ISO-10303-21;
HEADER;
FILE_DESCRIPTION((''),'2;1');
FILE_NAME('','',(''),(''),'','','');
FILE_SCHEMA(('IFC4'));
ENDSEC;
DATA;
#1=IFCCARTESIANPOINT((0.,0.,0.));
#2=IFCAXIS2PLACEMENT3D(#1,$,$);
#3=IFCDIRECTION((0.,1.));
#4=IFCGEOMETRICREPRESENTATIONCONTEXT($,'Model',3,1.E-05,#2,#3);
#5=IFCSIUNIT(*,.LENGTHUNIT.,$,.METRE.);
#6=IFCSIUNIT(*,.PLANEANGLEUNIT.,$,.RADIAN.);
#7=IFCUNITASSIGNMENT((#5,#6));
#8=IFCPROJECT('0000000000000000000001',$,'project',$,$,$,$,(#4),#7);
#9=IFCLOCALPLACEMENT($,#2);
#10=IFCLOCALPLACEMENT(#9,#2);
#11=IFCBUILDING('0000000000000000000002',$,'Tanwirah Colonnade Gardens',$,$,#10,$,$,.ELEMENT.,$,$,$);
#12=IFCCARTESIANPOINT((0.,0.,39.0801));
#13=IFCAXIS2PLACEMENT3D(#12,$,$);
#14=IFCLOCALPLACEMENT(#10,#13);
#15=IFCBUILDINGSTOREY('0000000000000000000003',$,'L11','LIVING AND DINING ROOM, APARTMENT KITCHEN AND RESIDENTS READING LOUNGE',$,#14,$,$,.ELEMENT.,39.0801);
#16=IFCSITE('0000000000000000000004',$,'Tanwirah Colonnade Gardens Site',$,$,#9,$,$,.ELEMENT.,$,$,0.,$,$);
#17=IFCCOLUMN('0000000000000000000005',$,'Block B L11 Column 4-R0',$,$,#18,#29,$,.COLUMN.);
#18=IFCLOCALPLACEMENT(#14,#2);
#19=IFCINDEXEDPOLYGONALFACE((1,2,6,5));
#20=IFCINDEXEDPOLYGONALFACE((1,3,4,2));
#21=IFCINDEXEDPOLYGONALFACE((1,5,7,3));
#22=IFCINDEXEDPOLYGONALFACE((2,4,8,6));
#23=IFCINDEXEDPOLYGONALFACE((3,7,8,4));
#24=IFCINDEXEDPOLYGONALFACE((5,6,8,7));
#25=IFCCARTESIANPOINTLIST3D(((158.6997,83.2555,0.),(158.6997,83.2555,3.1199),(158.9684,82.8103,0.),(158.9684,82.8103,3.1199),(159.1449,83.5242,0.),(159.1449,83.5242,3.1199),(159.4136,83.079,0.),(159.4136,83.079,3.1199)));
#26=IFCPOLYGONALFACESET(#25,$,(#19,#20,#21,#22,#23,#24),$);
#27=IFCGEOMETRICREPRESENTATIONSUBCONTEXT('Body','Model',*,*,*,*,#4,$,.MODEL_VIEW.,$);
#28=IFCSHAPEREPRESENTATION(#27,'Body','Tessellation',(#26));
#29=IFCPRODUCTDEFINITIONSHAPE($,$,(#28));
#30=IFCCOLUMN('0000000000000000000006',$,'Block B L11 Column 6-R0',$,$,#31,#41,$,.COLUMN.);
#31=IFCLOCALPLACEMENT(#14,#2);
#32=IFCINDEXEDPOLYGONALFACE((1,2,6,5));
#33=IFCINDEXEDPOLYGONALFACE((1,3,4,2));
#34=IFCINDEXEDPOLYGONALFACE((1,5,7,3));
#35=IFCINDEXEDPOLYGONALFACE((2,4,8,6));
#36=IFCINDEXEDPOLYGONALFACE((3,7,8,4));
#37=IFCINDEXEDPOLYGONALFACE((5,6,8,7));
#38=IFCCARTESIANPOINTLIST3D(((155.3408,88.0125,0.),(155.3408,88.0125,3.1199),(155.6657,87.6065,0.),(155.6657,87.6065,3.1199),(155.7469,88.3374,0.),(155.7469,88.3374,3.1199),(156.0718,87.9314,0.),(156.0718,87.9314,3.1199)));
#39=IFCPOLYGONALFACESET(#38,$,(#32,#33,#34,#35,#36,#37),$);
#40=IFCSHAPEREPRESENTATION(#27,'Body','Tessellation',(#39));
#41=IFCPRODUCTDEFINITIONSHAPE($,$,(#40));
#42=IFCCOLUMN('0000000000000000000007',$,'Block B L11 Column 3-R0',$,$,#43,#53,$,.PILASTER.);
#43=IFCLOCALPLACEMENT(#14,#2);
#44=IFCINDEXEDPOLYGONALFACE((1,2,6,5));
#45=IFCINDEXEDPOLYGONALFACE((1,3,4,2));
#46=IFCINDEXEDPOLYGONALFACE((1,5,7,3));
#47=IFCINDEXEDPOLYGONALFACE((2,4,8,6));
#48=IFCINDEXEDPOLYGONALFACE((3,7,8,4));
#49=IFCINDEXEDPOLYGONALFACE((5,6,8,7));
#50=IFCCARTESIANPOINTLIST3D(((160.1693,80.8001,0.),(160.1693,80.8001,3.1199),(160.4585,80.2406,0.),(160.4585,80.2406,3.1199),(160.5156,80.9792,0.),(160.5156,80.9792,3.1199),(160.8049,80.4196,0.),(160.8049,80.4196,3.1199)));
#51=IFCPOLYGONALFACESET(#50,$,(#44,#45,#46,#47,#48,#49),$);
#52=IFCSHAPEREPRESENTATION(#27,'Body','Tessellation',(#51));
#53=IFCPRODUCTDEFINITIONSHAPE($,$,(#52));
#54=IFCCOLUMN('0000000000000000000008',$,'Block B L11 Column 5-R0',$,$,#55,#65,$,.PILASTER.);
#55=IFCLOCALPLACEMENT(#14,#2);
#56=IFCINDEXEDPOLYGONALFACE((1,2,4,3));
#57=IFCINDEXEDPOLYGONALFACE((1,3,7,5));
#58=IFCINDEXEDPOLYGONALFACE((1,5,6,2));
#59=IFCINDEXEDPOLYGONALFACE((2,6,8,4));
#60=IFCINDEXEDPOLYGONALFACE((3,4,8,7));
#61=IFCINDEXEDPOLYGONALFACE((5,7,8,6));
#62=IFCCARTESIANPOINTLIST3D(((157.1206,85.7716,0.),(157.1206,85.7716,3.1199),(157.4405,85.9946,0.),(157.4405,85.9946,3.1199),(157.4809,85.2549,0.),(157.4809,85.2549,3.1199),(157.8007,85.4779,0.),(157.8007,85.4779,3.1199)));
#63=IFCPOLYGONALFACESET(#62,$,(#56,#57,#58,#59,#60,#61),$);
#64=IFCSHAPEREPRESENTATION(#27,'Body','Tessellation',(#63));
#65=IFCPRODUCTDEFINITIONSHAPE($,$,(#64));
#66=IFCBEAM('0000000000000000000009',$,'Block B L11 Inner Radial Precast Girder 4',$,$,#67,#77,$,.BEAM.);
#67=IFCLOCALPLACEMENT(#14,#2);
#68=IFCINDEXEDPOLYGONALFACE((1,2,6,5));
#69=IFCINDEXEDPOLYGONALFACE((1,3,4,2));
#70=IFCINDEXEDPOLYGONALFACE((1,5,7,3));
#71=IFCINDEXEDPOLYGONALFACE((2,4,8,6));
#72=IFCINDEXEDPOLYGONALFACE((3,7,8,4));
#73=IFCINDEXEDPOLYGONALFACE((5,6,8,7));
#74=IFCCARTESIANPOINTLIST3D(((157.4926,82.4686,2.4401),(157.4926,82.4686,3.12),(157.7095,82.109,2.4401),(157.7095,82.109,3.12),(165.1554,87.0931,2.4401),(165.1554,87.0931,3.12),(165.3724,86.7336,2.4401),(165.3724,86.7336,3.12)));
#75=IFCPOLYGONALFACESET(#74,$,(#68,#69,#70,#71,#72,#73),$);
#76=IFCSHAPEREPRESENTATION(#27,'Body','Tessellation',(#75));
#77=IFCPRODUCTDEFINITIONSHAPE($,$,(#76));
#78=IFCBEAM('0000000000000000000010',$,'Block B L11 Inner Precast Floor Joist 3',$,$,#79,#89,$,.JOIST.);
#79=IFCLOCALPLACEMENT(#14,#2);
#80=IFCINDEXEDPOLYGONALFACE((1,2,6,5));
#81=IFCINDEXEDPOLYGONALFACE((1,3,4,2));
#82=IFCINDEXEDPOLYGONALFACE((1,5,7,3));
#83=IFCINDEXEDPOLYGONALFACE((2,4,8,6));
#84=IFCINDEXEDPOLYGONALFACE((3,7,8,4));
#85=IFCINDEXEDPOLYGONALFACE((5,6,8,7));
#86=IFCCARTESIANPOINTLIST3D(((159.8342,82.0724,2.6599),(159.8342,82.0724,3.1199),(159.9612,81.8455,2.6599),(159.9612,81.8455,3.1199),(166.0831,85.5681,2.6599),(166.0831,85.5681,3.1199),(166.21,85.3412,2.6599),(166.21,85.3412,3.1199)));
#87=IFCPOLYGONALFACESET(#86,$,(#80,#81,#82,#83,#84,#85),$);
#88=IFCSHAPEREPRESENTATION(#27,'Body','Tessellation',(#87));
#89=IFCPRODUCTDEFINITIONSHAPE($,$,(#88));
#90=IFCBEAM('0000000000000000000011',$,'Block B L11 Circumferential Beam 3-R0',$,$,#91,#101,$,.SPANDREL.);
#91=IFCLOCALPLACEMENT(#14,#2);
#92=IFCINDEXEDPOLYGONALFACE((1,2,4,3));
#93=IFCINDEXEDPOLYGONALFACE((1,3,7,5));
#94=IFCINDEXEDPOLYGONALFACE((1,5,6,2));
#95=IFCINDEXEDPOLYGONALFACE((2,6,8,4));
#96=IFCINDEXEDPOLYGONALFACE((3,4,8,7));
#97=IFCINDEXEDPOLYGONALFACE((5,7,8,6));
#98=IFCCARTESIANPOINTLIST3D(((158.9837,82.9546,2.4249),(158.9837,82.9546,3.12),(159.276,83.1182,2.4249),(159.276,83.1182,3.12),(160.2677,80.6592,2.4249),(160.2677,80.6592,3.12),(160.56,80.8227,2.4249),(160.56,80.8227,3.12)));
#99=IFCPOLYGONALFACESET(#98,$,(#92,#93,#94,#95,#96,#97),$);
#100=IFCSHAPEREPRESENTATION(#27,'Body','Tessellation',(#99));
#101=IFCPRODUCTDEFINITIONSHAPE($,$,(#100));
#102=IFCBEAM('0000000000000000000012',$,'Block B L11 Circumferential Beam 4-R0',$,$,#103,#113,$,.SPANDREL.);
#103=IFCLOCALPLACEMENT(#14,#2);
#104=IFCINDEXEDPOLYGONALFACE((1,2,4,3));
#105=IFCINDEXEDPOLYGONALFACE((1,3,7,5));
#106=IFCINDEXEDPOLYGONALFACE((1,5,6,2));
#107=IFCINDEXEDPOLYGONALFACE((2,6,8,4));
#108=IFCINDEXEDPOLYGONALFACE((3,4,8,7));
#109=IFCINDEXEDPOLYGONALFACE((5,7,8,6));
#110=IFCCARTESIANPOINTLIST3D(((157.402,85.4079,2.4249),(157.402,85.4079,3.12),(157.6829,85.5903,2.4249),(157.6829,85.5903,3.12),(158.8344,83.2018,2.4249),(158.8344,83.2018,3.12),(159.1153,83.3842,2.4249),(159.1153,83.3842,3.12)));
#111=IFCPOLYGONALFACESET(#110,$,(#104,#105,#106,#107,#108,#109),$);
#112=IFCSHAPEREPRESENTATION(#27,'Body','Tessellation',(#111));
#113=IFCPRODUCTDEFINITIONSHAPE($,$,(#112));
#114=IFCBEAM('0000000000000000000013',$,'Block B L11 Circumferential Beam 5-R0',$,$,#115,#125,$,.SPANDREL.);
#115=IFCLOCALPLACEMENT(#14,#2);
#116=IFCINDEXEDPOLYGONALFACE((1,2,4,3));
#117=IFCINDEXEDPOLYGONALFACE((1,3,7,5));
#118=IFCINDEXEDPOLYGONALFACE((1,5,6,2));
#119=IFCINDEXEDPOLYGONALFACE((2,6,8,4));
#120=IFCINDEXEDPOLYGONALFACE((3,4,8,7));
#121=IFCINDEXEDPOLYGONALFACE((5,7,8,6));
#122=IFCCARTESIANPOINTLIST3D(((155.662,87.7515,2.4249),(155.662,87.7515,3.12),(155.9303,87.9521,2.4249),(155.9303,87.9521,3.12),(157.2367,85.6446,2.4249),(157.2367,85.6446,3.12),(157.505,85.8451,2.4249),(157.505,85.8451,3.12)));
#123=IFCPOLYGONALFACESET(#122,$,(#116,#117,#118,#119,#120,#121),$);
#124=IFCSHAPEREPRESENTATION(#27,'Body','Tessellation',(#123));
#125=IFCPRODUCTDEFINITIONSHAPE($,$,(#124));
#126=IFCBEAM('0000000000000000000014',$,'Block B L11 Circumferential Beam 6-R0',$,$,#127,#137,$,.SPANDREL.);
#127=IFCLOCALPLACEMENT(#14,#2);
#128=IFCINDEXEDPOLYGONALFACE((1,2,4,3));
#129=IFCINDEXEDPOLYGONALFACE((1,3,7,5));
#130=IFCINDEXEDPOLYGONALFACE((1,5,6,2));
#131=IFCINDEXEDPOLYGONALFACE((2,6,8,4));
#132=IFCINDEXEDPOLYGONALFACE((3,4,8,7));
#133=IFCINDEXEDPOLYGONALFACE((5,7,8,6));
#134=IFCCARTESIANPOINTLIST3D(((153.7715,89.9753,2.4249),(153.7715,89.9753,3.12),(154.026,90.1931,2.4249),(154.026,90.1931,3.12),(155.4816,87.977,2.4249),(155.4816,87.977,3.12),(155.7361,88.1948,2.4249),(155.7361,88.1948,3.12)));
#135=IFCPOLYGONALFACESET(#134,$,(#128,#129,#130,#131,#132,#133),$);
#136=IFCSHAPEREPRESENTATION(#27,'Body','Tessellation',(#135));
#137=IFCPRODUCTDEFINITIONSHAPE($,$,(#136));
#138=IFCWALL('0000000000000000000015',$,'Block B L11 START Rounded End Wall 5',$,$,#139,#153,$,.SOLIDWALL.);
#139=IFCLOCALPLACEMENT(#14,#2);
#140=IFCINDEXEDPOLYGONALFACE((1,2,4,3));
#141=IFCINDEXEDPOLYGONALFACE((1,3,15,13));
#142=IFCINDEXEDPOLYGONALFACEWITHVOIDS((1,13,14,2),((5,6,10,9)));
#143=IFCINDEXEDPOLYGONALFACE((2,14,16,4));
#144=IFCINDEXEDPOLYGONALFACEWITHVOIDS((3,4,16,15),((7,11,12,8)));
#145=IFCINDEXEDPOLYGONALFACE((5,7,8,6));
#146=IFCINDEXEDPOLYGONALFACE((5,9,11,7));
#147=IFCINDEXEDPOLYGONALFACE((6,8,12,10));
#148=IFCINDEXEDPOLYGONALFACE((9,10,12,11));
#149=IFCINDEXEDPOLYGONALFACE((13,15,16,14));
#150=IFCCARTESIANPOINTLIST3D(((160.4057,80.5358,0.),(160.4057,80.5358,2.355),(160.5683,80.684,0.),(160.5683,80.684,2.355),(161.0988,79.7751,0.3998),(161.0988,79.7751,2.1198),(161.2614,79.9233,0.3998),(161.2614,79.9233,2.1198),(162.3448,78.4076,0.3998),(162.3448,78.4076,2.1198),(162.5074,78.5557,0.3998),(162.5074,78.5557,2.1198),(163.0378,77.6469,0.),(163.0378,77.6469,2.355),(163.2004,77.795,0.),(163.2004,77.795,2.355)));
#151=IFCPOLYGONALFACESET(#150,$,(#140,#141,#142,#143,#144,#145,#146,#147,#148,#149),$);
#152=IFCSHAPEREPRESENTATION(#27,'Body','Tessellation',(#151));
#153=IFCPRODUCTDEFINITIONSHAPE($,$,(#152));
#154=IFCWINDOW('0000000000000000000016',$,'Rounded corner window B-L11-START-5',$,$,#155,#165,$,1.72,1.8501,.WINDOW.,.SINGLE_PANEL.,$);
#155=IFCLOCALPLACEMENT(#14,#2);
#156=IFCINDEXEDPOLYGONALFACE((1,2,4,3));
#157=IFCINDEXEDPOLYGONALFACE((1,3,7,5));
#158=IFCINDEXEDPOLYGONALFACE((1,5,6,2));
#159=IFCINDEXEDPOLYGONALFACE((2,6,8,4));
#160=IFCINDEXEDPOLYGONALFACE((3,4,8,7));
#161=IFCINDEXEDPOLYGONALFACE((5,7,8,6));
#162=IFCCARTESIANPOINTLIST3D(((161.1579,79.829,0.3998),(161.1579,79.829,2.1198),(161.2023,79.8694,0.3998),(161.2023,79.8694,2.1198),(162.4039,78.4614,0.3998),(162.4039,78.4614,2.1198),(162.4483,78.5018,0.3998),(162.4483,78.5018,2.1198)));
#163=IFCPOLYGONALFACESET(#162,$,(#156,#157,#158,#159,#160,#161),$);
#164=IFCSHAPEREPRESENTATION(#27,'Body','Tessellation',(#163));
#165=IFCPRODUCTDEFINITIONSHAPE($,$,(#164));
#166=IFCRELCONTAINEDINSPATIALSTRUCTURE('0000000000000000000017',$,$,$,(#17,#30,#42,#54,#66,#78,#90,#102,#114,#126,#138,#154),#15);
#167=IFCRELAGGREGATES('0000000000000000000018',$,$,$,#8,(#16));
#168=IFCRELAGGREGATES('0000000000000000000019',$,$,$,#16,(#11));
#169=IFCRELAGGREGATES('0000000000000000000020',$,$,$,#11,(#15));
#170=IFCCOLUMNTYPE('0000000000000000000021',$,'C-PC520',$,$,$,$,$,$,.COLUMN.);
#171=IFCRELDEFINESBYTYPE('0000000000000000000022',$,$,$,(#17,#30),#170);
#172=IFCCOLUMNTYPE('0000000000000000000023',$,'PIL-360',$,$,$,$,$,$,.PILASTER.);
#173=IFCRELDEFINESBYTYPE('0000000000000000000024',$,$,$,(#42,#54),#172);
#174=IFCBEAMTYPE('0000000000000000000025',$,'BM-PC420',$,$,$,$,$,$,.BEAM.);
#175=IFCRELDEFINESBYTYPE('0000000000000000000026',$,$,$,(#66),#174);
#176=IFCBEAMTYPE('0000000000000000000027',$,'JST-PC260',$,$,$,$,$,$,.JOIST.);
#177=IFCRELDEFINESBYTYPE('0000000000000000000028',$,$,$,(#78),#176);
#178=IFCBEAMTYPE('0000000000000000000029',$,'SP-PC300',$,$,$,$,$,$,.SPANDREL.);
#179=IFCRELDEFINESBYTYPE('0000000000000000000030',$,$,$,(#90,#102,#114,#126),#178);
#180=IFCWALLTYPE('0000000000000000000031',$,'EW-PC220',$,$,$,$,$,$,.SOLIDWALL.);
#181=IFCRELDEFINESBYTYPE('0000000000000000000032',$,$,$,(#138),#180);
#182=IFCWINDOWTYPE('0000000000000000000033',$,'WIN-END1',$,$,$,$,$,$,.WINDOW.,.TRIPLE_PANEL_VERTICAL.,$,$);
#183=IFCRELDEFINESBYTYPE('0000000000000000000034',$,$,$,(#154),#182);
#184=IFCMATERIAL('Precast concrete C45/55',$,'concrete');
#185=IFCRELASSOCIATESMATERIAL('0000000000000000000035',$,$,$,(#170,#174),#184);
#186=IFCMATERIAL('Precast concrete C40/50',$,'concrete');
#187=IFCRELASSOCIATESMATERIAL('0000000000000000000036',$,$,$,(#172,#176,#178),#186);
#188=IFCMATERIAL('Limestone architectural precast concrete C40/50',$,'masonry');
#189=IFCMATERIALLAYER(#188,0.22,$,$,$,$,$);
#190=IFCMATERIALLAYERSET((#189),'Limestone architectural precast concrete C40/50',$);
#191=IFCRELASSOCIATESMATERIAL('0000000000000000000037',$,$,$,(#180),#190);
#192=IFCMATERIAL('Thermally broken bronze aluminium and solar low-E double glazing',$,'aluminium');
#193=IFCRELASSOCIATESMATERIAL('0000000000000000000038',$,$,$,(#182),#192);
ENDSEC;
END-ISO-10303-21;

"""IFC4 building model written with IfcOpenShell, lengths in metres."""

from ifc_helpers import new_model, si_unit, direction, frame, frame_2d, origin, origin_2d, place, context, subcontext, project, spatial, rectangle, extrude, material, layer, layer_set, material_profile, profile_set, type_object, element, fill, save


model = new_model("IFC4")

# Units and contexts
model_context = context("Model", 3, precision=1e-05, world=origin(), true_north=direction((0.0, 1.0)))
body_context = subcontext(model_context, "Body", "Model", "MODEL_VIEW")
ifc_project = project(units=[si_unit("LENGTHUNIT", "METRE"), si_unit("PLANEANGLEUNIT", "RADIAN")], contexts=[model_context])

# Site, building, storey
site_placement = place(None, origin())
site = spatial("IfcSite", under=ifc_project, at=site_placement, Name="Tanwirah Colonnade Gardens Site", CompositionType="ELEMENT", RefElevation=0.0)
building_placement = place(site_placement, origin())
building = spatial("IfcBuilding", under=site, at=building_placement, Name="Tanwirah Colonnade Gardens", CompositionType="ELEMENT")
storey_placement = place(building_placement, frame((0.0, 0.0, 39.0801)))
storey = spatial("IfcBuildingStorey", under=building, at=storey_placement, Name="L11", Description="LIVING AND DINING ROOM, APARTMENT KITCHEN AND RESIDENTS READING LOUNGE", CompositionType="ELEMENT", Elevation=39.0801)

# Columns
ifc_material_1 = material(Name="Precast concrete C45/55", Category="concrete")
ifc_material_profile_1 = material_profile(ifc_material_1, rectangle(XDim=0.52, YDim=0.52, at=origin_2d()), Name="PC-COL 520x520")
ifc_profile_set_1 = profile_set([ifc_material_profile_1], Name="Precast concrete C45/55")
column_type_1 = type_object("IfcColumnType", Name="C-PC520", PredefinedType="COLUMN", material=ifc_profile_set_1)
for number, where, z_axis, x_axis, name in (
    (1, (159.0566, 83.1672, 0.0), (0.0, 0.0, 1.0), (0.856167, 0.516699, 0.0), "Block B L11 Column 4-R0"),
    (2, (155.7063, 87.9719, 0.0), (0.0, 0.0, 1.0), (0.780794, 0.624789, 0.0), "Block B L11 Column 6-R0"),
):
    element("IfcColumn", number, at=place(storey_placement, frame(where, z_axis=z_axis, x_axis=x_axis)), inside=storey, type_object=column_type_1, Name=name, PredefinedType="COLUMN", context=body_context, shape_type="SweptSolid", body=[
        extrude(rectangle(XDim=0.52, YDim=0.52, at=origin_2d()), origin(), (0.0, 0.0, 1.0), 3.1199),
    ])
ifc_material_2 = material(Name="Precast concrete C40/50", Category="concrete")
ifc_material_profile_2 = material_profile(ifc_material_2, rectangle(XDim=0.3899, YDim=0.6299, at=origin_2d()), Name="PC-PIL 390x630")
ifc_profile_set_2 = profile_set([ifc_material_profile_2], Name="Precast concrete C40/50")
column_type_2 = type_object("IfcColumnType", Name="PIL-360", PredefinedType="PILASTER", material=ifc_profile_set_2)
for number, where, z_axis, x_axis, name in (
    (3, (160.4871, 80.6099, 0.0), (0.0, 0.0, 1.0), (0.88835, 0.459166, 0.0), "Block B L11 Column 3-R0"),
    (4, (157.4607, 85.6248, 0.0), (0.0, 0.0, 1.0), (0.820263, 0.571987, 0.0), "Block B L11 Column 5-R0"),
):
    element("IfcColumn", number, at=place(storey_placement, frame(where, z_axis=z_axis, x_axis=x_axis)), inside=storey, type_object=column_type_2, Name=name, PredefinedType="PILASTER", context=body_context, shape_type="SweptSolid", body=[
        extrude(rectangle(XDim=0.3899, YDim=0.6299, at=origin_2d()), origin(), (0.0, 0.0, 1.0), 3.1199),
    ])

# Beams
ifc_material_profile_3 = material_profile(ifc_material_1, rectangle(XDim=0.4199, YDim=0.6799, at=origin_2d()), Name="PC-BM 420x680")
ifc_profile_set_3 = profile_set([ifc_material_profile_3], Name="Precast concrete C45/55")
beam_type_1 = type_object("IfcBeamType", Name="BM-PC420", PredefinedType="BEAM", material=ifc_profile_set_3)
beam_1_placement = place(storey_placement, frame((165.2639, 86.9133, 2.78), z_axis=(-0.856169, -0.516696, 0.0), x_axis=(0.516696, -0.856169, 0.0)))
element("IfcBeam", 5, at=beam_1_placement, inside=storey, type_object=beam_type_1, Name="Block B L11 Inner Radial Precast Girder 4", PredefinedType="BEAM", context=body_context, shape_type="SweptSolid", body=[
    extrude(rectangle(XDim=0.4199, YDim=0.6799, at=origin_2d()), origin(), (0.0, 0.0, 1.0), 8.9502),
])
ifc_material_profile_4 = material_profile(ifc_material_2, rectangle(XDim=0.26, YDim=0.46, at=origin_2d()), Name="PC-JST 260x460")
ifc_profile_set_4 = profile_set([ifc_material_profile_4], Name="Precast concrete C40/50")
beam_type_2 = type_object("IfcBeamType", Name="JST-PC260", PredefinedType="JOIST", material=ifc_profile_set_4)
beam_2_placement = place(storey_placement, frame((159.8977, 81.959, 2.8899), z_axis=(0.872727, 0.488209, 0.0), x_axis=(-0.488209, 0.872727, 0.0)))
element("IfcBeam", 6, at=beam_2_placement, inside=storey, type_object=beam_type_2, Name="Block B L11 Inner Precast Floor Joist 3", PredefinedType="JOIST", context=body_context, shape_type="SweptSolid", body=[
    extrude(rectangle(XDim=0.26, YDim=0.46, at=origin_2d()), origin(), (0.0, 0.0, 1.0), 7.1602),
])
ifc_material_profile_5 = material_profile(ifc_material_2, rectangle(XDim=0.335, YDim=0.6951, at=origin_2d()), Name="PC-SP 335x695")
ifc_profile_set_5 = profile_set([ifc_material_profile_5], Name="Precast concrete C40/50")
beam_type_3 = type_object("IfcBeamType", Name="SP-PC300", PredefinedType="SPANDREL", material=ifc_profile_set_5)
beam_3_placement = place(storey_placement, frame((160.4138, 80.741, 2.7725), z_axis=(-0.488171, 0.872748, 0.0), x_axis=(-0.872748, -0.488171, 0.0)))
element("IfcBeam", 7, at=beam_3_placement, inside=storey, type_object=beam_type_3, Name="Block B L11 Circumferential Beam 3-R0", PredefinedType="SPANDREL", context=body_context, shape_type="SweptSolid", body=[
    extrude(rectangle(XDim=0.335, YDim=0.6951, at=origin_2d()), origin(), (0.0, 0.0, 1.0), 2.6301),
])
for number, where, z_axis, x_axis, name in (
    (8, (158.9749, 83.293, 2.7725), (-0.544571, 0.838715, 0.0), (-0.838715, -0.544571, 0.0), "Block B L11 Circumferential Beam 4-R0"),
    (9, (157.3708, 85.7449, 2.7725), (-0.598663, 0.801001, 0.0), (-0.801001, -0.598663, 0.0), "Block B L11 Circumferential Beam 5-R0"),
):
    element("IfcBeam", number, at=place(storey_placement, frame(where, z_axis=z_axis, x_axis=x_axis)), inside=storey, type_object=beam_type_3, Name=name, PredefinedType="SPANDREL", context=body_context, shape_type="SweptSolid", body=[
        extrude(rectangle(XDim=0.335, YDim=0.6951, at=origin_2d()), origin(), (0.0, 0.0, 1.0), 2.6304),
    ])
beam_4_placement = place(storey_placement, frame((155.6089, 88.0859, 2.7725), z_axis=(-0.650218, 0.759748, 0.0), x_axis=(-0.759748, -0.650218, 0.0)))
element("IfcBeam", 10, at=beam_4_placement, inside=storey, type_object=beam_type_3, Name="Block B L11 Circumferential Beam 6-R0", PredefinedType="SPANDREL", context=body_context, shape_type="SweptSolid", body=[
    extrude(rectangle(XDim=0.335, YDim=0.6951, at=origin_2d()), origin(), (0.0, 0.0, 1.0), 2.6301),
])

# Wall, opening, window
ifc_material_3 = material(Name="Limestone architectural precast concrete C40/50", Category="masonry")
ifc_layer_1 = layer(ifc_material_3, 0.22)
ifc_layer_set_1 = layer_set([ifc_layer_1], Name="Limestone architectural precast concrete C40/50")
wall_type_1 = type_object("IfcWallType", Name="EW-PC220", PredefinedType="SOLIDWALL", material=ifc_layer_set_1)
wall_1_placement = place(storey_placement, frame((163.1191, 77.7209, 0.0), z_axis=(0.0, 0.0, 1.0), x_axis=(-0.673484, 0.739202, 0.0)))
wall_1 = element("IfcWall", 11, at=wall_1_placement, inside=storey, type_object=wall_type_1, Name="Block B L11 START Rounded End Wall 5", PredefinedType="SOLIDWALL", context=body_context, shape_type="SweptSolid", body=[
    extrude(rectangle(XDim=3.9082, YDim=0.22, at=frame_2d((1.9541, 0.0))), origin(), (0.0, 0.0, 1.0), 2.355),
])
opening_1_placement = place(wall_1_placement, frame((1.0291, 0.0, 0.3999)))
opening_1 = element("IfcOpeningElement", 12, at=opening_1_placement, cuts=wall_1, PredefinedType="OPENING", context=body_context, shape_type="SweptSolid", body=[
    extrude(rectangle(XDim=1.8501, YDim=1.72, at=frame_2d((0.925, 0.8599))), frame((0.0, 0.1199, 0.0), z_axis=(0.0, -1.0, 0.0), x_axis=(1.0, 0.0, 0.0)), (0.0, 0.0, 1.0), 0.24),
])
ifc_material_4 = material(Name="Thermally broken bronze aluminium and solar low-E double glazing", Category="aluminium")
window_type = type_object("IfcWindowType", Name="WIN-END1", PartitioningType="TRIPLE_PANEL_VERTICAL", PredefinedType="WINDOW", material=ifc_material_4)
window_placement = place(opening_1_placement, origin())
window = element("IfcWindow", 13, at=window_placement, inside=storey, type_object=window_type, Name="Rounded corner window B-L11-START-5", OverallHeight=1.72, OverallWidth=1.8501, PartitioningType="SINGLE_PANEL", PredefinedType="WINDOW", context=body_context, shape_type="SweptSolid", body=[
    extrude(rectangle(XDim=1.8501, YDim=1.72, at=frame_2d((0.925, 0.8599))), frame((0.0, 0.03, 0.0), z_axis=(0.0, -1.0, 0.0), x_axis=(1.0, 0.0, 0.0)), (0.0, 0.0, 1.0), 0.0601),
])
fill(opening_1, window)

save(model, "model.ifc")
